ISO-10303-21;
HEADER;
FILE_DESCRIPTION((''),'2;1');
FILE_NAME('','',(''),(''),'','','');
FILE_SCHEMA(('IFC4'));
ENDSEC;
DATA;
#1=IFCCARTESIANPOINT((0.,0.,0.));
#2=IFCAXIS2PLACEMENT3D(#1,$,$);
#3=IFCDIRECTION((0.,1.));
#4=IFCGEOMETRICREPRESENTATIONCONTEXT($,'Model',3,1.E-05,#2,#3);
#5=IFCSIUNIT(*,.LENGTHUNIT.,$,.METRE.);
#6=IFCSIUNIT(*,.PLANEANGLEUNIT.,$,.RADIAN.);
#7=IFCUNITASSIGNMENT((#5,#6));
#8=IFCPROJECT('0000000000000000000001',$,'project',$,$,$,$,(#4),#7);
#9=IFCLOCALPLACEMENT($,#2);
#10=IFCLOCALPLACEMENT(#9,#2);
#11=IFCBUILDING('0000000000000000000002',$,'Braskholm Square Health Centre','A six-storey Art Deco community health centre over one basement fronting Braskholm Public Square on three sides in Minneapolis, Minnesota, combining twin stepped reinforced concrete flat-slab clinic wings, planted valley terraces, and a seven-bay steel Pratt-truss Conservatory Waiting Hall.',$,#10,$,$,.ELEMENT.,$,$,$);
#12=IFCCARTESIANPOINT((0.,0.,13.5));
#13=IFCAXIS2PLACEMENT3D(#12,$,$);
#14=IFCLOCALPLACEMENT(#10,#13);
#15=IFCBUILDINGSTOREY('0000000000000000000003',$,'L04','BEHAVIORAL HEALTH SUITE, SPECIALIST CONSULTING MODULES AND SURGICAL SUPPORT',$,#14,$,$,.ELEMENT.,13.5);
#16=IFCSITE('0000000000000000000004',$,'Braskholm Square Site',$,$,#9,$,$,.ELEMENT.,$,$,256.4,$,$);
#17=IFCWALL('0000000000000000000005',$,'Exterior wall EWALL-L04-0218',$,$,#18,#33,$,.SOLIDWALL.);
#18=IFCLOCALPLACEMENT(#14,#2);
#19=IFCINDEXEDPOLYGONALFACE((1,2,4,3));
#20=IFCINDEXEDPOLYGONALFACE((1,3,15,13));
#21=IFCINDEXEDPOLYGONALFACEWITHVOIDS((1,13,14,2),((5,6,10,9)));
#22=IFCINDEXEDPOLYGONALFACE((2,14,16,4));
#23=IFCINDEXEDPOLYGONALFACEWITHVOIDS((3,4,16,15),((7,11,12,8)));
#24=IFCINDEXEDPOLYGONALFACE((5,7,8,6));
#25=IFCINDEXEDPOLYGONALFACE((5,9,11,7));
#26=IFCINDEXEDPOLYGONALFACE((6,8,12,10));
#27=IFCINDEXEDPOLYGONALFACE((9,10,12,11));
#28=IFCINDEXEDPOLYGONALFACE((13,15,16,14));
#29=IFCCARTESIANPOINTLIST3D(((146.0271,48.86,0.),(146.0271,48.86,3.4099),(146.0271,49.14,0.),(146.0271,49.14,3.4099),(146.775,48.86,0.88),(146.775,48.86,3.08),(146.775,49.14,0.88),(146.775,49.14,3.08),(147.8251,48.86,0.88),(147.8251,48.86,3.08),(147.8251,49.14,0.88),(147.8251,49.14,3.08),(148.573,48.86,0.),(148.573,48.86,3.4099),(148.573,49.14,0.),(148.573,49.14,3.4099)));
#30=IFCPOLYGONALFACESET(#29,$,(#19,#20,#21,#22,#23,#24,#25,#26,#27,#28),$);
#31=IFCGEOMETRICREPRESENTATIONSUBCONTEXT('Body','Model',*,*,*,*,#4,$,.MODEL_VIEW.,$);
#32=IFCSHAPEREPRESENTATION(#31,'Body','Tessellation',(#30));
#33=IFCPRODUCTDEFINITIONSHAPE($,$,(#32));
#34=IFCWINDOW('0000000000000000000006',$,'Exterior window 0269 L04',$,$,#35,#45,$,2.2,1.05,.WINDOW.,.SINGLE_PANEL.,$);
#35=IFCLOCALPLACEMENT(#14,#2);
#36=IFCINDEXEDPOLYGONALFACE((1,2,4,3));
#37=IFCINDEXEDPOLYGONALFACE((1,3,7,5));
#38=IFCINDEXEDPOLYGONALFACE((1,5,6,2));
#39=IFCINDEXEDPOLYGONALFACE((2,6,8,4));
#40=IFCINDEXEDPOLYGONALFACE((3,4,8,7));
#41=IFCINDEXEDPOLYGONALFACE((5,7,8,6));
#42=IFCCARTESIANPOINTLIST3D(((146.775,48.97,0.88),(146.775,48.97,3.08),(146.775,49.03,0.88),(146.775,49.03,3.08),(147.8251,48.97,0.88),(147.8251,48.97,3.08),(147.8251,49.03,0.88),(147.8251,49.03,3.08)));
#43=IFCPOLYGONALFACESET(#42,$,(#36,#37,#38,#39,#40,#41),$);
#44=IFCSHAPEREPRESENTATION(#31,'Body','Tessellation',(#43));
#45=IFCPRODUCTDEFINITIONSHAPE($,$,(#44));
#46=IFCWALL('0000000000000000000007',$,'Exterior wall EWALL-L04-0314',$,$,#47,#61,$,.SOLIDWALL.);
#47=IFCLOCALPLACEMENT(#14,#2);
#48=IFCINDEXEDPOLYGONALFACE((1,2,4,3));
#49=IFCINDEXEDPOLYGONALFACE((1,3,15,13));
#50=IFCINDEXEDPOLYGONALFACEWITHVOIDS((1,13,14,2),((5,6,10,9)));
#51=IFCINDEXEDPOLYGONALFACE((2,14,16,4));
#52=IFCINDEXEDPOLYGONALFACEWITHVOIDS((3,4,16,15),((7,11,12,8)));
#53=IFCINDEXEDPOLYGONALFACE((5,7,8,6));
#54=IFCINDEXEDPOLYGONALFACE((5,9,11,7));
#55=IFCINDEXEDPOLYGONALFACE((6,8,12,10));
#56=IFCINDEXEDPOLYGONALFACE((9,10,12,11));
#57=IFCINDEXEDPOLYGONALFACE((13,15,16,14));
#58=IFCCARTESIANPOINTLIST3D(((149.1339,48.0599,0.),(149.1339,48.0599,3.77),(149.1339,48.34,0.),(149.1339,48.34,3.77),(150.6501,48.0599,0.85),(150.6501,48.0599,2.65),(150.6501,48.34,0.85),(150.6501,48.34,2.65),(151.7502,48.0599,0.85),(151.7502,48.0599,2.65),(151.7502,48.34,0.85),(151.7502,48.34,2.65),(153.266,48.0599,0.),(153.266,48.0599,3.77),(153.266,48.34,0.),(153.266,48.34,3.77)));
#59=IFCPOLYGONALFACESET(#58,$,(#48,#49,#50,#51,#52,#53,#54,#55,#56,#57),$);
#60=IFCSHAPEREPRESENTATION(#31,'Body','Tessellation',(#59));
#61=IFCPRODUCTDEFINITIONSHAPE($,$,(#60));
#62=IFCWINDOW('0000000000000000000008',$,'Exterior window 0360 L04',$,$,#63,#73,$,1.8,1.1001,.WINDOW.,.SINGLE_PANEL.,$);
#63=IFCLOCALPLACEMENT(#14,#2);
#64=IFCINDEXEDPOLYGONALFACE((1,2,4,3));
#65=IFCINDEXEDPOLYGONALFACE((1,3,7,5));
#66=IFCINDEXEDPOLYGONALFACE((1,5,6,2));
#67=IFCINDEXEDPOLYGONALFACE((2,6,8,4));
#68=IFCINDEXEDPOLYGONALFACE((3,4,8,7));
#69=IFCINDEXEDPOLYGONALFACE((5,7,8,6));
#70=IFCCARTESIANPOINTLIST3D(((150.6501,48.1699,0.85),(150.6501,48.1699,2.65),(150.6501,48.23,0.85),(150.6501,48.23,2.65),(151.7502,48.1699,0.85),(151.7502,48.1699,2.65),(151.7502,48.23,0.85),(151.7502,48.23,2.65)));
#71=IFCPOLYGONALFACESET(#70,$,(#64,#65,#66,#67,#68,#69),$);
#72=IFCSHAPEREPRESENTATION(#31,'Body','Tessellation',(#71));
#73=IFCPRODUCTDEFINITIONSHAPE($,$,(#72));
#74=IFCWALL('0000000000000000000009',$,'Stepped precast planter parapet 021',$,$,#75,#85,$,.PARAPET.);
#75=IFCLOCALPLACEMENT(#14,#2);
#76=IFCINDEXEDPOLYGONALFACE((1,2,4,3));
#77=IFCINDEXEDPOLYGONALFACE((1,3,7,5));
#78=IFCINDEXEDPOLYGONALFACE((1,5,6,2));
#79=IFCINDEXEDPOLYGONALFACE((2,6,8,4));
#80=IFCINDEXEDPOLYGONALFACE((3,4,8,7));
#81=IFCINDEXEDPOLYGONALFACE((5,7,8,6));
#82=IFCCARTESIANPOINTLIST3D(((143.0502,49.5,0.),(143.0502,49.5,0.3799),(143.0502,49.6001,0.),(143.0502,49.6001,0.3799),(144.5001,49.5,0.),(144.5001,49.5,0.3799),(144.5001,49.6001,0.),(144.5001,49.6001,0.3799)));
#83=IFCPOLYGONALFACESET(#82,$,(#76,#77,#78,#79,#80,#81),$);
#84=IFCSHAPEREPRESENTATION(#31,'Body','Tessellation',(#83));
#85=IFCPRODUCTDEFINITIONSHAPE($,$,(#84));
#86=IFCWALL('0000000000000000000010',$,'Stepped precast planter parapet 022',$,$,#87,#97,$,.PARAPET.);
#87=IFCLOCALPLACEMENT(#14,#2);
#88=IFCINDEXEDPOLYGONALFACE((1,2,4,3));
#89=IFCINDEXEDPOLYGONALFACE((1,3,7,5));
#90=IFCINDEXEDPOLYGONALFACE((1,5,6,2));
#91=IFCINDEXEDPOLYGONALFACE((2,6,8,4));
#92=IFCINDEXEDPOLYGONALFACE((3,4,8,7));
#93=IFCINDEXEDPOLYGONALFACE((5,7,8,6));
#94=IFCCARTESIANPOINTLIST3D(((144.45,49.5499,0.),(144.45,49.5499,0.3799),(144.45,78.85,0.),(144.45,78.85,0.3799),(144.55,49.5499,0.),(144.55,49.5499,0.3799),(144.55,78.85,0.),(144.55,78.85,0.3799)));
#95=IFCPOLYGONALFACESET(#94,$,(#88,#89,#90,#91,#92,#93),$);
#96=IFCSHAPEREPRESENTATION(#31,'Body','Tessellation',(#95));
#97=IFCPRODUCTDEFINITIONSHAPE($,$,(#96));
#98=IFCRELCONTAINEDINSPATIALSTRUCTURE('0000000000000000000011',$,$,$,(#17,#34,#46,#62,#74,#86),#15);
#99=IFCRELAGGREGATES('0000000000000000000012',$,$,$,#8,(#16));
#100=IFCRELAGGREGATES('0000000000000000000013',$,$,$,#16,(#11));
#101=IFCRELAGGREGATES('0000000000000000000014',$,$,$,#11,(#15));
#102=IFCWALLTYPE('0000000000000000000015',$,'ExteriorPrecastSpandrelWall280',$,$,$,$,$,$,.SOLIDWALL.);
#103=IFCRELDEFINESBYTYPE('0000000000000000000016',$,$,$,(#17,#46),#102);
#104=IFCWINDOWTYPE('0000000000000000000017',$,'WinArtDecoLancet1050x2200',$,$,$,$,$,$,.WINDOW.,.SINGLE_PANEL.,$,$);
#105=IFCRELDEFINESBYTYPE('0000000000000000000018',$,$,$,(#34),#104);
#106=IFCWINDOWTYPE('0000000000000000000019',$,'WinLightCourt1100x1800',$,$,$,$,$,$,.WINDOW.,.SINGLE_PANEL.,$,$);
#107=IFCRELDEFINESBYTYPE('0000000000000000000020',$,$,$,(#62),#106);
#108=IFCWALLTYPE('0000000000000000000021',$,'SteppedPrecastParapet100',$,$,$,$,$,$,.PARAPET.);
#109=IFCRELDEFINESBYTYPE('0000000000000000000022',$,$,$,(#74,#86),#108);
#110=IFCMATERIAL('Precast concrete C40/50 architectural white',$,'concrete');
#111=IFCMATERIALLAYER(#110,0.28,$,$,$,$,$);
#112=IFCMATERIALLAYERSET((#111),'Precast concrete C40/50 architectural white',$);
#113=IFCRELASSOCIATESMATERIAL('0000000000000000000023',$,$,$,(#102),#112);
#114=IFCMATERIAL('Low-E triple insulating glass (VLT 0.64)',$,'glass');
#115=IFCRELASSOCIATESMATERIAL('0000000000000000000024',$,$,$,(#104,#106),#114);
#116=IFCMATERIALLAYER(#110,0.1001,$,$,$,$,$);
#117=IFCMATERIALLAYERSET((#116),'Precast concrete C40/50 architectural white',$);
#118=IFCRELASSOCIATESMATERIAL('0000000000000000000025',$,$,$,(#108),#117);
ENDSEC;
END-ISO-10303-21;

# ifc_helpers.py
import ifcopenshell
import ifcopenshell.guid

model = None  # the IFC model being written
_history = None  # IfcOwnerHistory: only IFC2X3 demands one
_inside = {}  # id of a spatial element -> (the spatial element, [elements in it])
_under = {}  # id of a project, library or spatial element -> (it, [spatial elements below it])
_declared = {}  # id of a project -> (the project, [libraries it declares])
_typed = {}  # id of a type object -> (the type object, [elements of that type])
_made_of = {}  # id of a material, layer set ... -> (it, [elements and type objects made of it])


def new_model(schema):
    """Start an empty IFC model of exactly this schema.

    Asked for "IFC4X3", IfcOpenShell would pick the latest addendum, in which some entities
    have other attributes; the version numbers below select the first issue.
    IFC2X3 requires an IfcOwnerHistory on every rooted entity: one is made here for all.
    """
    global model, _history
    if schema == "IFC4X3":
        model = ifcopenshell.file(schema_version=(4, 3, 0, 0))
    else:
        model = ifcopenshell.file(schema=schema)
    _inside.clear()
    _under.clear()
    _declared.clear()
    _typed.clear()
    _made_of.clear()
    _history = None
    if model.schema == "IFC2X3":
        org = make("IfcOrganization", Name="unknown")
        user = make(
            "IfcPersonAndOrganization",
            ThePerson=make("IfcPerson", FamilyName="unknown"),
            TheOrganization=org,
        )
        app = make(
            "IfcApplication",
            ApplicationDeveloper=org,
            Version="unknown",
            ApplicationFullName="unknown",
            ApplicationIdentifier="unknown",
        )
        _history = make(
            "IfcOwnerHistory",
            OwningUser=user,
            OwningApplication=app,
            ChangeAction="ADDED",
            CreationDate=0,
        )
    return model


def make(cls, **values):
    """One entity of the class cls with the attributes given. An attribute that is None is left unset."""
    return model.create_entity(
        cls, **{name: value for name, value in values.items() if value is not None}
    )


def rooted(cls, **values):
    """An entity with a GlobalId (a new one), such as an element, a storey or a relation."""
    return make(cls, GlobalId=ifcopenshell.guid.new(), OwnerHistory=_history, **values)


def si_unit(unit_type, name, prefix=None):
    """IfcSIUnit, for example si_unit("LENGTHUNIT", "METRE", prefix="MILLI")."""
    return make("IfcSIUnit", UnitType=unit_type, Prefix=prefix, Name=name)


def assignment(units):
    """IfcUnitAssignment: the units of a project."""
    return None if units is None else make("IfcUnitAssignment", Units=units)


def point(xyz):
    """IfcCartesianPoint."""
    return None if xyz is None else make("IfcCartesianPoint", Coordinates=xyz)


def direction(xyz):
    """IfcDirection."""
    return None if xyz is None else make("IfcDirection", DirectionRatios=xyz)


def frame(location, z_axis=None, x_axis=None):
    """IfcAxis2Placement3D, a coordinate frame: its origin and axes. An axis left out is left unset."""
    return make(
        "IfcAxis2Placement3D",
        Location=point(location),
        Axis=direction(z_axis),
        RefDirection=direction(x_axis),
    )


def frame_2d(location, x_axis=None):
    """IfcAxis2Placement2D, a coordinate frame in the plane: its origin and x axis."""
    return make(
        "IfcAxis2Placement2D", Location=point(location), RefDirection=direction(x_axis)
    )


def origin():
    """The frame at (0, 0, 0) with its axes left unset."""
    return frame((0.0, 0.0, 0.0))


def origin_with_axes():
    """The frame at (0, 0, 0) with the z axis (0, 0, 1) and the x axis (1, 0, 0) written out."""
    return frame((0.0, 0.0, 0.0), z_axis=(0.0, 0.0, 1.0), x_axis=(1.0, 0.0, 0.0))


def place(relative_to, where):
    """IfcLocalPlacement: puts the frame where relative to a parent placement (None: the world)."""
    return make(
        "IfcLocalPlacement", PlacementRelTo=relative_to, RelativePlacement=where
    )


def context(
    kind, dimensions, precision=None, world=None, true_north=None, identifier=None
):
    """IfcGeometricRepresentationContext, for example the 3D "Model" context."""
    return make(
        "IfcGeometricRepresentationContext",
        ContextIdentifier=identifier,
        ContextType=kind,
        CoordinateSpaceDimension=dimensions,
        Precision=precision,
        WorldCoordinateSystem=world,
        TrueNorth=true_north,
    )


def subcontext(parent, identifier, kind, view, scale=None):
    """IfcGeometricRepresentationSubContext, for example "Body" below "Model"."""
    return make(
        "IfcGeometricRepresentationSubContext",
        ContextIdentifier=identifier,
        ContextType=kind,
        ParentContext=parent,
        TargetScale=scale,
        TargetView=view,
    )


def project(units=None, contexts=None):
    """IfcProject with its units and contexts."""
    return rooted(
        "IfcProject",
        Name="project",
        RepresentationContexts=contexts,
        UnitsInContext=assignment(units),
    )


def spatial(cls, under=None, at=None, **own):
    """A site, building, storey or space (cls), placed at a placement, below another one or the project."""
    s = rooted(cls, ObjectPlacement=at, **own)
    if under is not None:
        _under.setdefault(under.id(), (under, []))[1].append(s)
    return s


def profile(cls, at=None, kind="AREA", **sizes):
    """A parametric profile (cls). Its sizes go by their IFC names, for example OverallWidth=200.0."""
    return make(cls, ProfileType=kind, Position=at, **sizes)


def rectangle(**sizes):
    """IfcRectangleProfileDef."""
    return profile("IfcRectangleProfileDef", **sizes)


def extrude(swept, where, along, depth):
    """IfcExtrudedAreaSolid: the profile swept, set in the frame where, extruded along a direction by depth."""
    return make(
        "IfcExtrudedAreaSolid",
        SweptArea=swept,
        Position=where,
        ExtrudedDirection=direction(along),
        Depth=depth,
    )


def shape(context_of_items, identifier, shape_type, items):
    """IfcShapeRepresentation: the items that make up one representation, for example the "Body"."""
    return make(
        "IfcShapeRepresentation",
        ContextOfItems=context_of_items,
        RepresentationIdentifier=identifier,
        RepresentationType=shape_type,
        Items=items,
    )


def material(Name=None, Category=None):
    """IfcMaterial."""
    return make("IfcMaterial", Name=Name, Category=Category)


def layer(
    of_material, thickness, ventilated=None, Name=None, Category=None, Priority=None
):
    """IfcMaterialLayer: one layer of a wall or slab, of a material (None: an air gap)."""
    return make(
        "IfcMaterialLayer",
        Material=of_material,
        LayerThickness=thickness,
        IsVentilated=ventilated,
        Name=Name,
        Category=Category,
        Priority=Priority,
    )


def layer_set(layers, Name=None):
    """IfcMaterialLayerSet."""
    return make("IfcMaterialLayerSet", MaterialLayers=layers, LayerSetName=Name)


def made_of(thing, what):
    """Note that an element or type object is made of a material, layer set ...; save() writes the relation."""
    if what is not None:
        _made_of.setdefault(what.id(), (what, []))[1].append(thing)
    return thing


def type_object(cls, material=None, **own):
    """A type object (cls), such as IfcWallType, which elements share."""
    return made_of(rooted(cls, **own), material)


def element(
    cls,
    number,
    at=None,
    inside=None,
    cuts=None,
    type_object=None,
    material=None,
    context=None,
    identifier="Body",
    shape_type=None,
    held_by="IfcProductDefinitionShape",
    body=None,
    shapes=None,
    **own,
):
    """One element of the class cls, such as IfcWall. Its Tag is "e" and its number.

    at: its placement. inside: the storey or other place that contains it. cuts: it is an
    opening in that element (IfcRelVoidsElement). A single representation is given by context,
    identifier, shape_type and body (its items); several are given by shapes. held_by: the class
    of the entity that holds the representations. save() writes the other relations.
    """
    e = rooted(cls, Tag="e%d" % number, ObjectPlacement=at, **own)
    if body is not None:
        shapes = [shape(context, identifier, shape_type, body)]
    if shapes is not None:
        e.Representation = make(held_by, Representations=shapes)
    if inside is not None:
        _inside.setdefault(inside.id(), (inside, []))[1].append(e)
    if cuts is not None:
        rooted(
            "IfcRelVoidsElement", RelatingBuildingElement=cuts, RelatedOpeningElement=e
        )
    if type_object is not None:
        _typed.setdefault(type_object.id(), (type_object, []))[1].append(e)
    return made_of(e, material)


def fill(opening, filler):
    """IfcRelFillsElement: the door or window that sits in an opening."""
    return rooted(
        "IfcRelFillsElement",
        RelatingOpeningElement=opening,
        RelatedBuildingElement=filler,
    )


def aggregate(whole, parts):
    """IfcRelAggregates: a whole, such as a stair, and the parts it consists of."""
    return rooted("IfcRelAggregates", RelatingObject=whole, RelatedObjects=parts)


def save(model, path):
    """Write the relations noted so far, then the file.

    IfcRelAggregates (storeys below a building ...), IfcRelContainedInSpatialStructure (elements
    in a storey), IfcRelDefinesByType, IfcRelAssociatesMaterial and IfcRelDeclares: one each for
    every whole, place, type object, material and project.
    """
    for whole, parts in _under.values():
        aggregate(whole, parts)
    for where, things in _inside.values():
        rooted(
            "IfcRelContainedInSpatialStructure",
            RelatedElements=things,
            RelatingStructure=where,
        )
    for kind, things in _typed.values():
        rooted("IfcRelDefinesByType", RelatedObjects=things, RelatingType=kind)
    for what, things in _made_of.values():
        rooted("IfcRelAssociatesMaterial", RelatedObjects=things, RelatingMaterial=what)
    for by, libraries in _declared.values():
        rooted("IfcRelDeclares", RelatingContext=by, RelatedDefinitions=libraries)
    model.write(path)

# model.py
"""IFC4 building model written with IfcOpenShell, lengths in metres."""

from ifc_helpers import new_model, si_unit, direction, frame, frame_2d, origin, origin_with_axes, place, context, subcontext, project, spatial, rectangle, extrude, material, layer, layer_set, type_object, element, fill, save


model = new_model("IFC4")

# Units and contexts
model_context = context("Model", 3, precision=1e-05, world=origin(), true_north=direction((0.0, 1.0)))
body_context = subcontext(model_context, "Body", "Model", "MODEL_VIEW")
ifc_project = project(units=[si_unit("LENGTHUNIT", "METRE"), si_unit("PLANEANGLEUNIT", "RADIAN")], contexts=[model_context])

# Site, building, storey
site_placement = place(None, origin())
site = spatial("IfcSite", under=ifc_project, at=site_placement, Name="Braskholm Square Site", CompositionType="ELEMENT", RefElevation=256.4)
building_placement = place(site_placement, origin())
building = spatial("IfcBuilding", under=site, at=building_placement, Name="Braskholm Square Health Centre", Description="A six-storey Art Deco community health centre over one basement fronting Braskholm Public Square on three sides in Minneapolis, Minnesota, combining twin stepped reinforced concrete flat-slab clinic wings, planted valley terraces, and a seven-bay steel Pratt-truss Conservatory Waiting Hall.", CompositionType="ELEMENT")
storey_placement = place(building_placement, frame((0.0, 0.0, 13.5)))
storey = spatial("IfcBuildingStorey", under=building, at=storey_placement, Name="L04", Description="BEHAVIORAL HEALTH SUITE, SPECIALIST CONSULTING MODULES AND SURGICAL SUPPORT", CompositionType="ELEMENT", Elevation=13.5)

# Shared definitions
ifc_material_1 = material(Name="Low-E triple insulating glass (VLT 0.64)", Category="glass")

# Shared definitions
ifc_material_2 = material(Name="Precast concrete C40/50 architectural white", Category="concrete")

# Walls, openings, windows
ifc_layer_1 = layer(ifc_material_2, 0.28)
ifc_layer_set_1 = layer_set([ifc_layer_1], Name="Precast concrete C40/50 architectural white")
wall_type_1 = type_object("IfcWallType", Name="ExteriorPrecastSpandrelWall280", PredefinedType="SOLIDWALL", material=ifc_layer_set_1)
wall_1_placement = place(storey_placement, frame((146.0271, 49.0, 0.0), z_axis=(0.0, 0.0, 1.0), x_axis=(1.0, 0.0, 0.0)))
wall_1 = element("IfcWall", 1, at=wall_1_placement, inside=storey, type_object=wall_type_1, Name="Exterior wall EWALL-L04-0218", PredefinedType="SOLIDWALL", context=body_context, shape_type="SweptSolid", body=[
    extrude(rectangle(XDim=2.5459, YDim=0.28, at=frame_2d((1.2729, 0.0))), origin(), (0.0, 0.0, 1.0), 3.4099),
])
opening_1_placement = place(wall_1_placement, frame((0.748, 0.0, 0.8799)))
opening_1 = element("IfcOpeningElement", 2, at=opening_1_placement, cuts=wall_1, PredefinedType="OPENING", context=body_context, shape_type="SweptSolid", body=[
    extrude(rectangle(XDim=1.05, YDim=2.2, at=frame_2d((0.5249, 1.1001))), frame((0.0, 0.1499, 0.0), z_axis=(0.0, -1.0, 0.0), x_axis=(1.0, 0.0, 0.0)), (0.0, 0.0, 1.0), 0.3),
])
window_type_1 = type_object("IfcWindowType", Name="WinArtDecoLancet1050x2200", PartitioningType="SINGLE_PANEL", PredefinedType="WINDOW", material=ifc_material_1)
window_1_placement = place(opening_1_placement, origin_with_axes())
window_1 = element("IfcWindow", 3, at=window_1_placement, inside=storey, type_object=window_type_1, Name="Exterior window 0269 L04", OverallHeight=2.2, OverallWidth=1.05, PartitioningType="SINGLE_PANEL", PredefinedType="WINDOW", context=body_context, shape_type="SweptSolid", body=[
    extrude(rectangle(XDim=1.05, YDim=2.2, at=frame_2d((0.5249, 1.1001))), frame((0.0, 0.03, 0.0), z_axis=(0.0, -1.0, 0.0), x_axis=(1.0, 0.0, 0.0)), (0.0, 0.0, 1.0), 0.0601),
])
fill(opening_1, window_1)
wall_2_placement = place(storey_placement, frame((149.134, 48.2, 0.0), z_axis=(0.0, 0.0, 1.0), x_axis=(1.0, 0.0, 0.0)))
wall_2 = element("IfcWall", 4, at=wall_2_placement, inside=storey, type_object=wall_type_1, Name="Exterior wall EWALL-L04-0314", PredefinedType="SOLIDWALL", context=body_context, shape_type="SweptSolid", body=[
    extrude(rectangle(XDim=4.1321, YDim=0.28, at=frame_2d((2.0659, 0.0))), origin(), (0.0, 0.0, 1.0), 3.77),
])
opening_2_placement = place(wall_2_placement, frame((1.5161, 0.0, 0.8501)))
opening_2 = element("IfcOpeningElement", 5, at=opening_2_placement, cuts=wall_2, PredefinedType="OPENING", context=body_context, shape_type="SweptSolid", body=[
    extrude(rectangle(XDim=1.1001, YDim=1.8, at=frame_2d((0.55, 0.8999))), frame((0.0, 0.1499, 0.0), z_axis=(0.0, -1.0, 0.0), x_axis=(1.0, 0.0, 0.0)), (0.0, 0.0, 1.0), 0.3),
])
window_type_2 = type_object("IfcWindowType", Name="WinLightCourt1100x1800", PartitioningType="SINGLE_PANEL", PredefinedType="WINDOW", material=ifc_material_1)
window_2_placement = place(opening_2_placement, origin_with_axes())
window_2 = element("IfcWindow", 6, at=window_2_placement, inside=storey, type_object=window_type_2, Name="Exterior window 0360 L04", OverallHeight=1.8, OverallWidth=1.1001, PartitioningType="SINGLE_PANEL", PredefinedType="WINDOW", context=body_context, shape_type="SweptSolid", body=[
    extrude(rectangle(XDim=1.1001, YDim=1.8, at=frame_2d((0.55, 0.8999))), frame((0.0, 0.03, 0.0), z_axis=(0.0, -1.0, 0.0), x_axis=(1.0, 0.0, 0.0)), (0.0, 0.0, 1.0), 0.0601),
])
fill(opening_2, window_2)

# Walls
ifc_layer_2 = layer(ifc_material_2, 0.1001)
ifc_layer_set_2 = layer_set([ifc_layer_2], Name="Precast concrete C40/50 architectural white")
wall_type_2 = type_object("IfcWallType", Name="SteppedPrecastParapet100", PredefinedType="PARAPET", material=ifc_layer_set_2)
wall_3_placement = place(storey_placement, frame((143.05, 49.55, 0.0), z_axis=(0.0, 0.0, 1.0), x_axis=(1.0, 0.0, 0.0)))
element("IfcWall", 7, at=wall_3_placement, inside=storey, type_object=wall_type_2, Name="Stepped precast planter parapet 021", PredefinedType="PARAPET", context=body_context, shape_type="SweptSolid", body=[
    extrude(rectangle(XDim=1.45, YDim=0.1001, at=frame_2d((0.7251, 0.0))), origin(), (0.0, 0.0, 1.0), 0.3799),
])
wall_4_placement = place(storey_placement, frame((144.5, 49.55, 0.0), z_axis=(0.0, 0.0, 1.0), x_axis=(0.0, 1.0, 0.0)))
element("IfcWall", 8, at=wall_4_placement, inside=storey, type_object=wall_type_2, Name="Stepped precast planter parapet 022", PredefinedType="PARAPET", context=body_context, shape_type="SweptSolid", body=[
    extrude(rectangle(XDim=29.3, YDim=0.1001, at=frame_2d((14.6499, 0.0))), origin(), (0.0, 0.0, 1.0), 0.3799),
])

save(model, "model.ifc")
